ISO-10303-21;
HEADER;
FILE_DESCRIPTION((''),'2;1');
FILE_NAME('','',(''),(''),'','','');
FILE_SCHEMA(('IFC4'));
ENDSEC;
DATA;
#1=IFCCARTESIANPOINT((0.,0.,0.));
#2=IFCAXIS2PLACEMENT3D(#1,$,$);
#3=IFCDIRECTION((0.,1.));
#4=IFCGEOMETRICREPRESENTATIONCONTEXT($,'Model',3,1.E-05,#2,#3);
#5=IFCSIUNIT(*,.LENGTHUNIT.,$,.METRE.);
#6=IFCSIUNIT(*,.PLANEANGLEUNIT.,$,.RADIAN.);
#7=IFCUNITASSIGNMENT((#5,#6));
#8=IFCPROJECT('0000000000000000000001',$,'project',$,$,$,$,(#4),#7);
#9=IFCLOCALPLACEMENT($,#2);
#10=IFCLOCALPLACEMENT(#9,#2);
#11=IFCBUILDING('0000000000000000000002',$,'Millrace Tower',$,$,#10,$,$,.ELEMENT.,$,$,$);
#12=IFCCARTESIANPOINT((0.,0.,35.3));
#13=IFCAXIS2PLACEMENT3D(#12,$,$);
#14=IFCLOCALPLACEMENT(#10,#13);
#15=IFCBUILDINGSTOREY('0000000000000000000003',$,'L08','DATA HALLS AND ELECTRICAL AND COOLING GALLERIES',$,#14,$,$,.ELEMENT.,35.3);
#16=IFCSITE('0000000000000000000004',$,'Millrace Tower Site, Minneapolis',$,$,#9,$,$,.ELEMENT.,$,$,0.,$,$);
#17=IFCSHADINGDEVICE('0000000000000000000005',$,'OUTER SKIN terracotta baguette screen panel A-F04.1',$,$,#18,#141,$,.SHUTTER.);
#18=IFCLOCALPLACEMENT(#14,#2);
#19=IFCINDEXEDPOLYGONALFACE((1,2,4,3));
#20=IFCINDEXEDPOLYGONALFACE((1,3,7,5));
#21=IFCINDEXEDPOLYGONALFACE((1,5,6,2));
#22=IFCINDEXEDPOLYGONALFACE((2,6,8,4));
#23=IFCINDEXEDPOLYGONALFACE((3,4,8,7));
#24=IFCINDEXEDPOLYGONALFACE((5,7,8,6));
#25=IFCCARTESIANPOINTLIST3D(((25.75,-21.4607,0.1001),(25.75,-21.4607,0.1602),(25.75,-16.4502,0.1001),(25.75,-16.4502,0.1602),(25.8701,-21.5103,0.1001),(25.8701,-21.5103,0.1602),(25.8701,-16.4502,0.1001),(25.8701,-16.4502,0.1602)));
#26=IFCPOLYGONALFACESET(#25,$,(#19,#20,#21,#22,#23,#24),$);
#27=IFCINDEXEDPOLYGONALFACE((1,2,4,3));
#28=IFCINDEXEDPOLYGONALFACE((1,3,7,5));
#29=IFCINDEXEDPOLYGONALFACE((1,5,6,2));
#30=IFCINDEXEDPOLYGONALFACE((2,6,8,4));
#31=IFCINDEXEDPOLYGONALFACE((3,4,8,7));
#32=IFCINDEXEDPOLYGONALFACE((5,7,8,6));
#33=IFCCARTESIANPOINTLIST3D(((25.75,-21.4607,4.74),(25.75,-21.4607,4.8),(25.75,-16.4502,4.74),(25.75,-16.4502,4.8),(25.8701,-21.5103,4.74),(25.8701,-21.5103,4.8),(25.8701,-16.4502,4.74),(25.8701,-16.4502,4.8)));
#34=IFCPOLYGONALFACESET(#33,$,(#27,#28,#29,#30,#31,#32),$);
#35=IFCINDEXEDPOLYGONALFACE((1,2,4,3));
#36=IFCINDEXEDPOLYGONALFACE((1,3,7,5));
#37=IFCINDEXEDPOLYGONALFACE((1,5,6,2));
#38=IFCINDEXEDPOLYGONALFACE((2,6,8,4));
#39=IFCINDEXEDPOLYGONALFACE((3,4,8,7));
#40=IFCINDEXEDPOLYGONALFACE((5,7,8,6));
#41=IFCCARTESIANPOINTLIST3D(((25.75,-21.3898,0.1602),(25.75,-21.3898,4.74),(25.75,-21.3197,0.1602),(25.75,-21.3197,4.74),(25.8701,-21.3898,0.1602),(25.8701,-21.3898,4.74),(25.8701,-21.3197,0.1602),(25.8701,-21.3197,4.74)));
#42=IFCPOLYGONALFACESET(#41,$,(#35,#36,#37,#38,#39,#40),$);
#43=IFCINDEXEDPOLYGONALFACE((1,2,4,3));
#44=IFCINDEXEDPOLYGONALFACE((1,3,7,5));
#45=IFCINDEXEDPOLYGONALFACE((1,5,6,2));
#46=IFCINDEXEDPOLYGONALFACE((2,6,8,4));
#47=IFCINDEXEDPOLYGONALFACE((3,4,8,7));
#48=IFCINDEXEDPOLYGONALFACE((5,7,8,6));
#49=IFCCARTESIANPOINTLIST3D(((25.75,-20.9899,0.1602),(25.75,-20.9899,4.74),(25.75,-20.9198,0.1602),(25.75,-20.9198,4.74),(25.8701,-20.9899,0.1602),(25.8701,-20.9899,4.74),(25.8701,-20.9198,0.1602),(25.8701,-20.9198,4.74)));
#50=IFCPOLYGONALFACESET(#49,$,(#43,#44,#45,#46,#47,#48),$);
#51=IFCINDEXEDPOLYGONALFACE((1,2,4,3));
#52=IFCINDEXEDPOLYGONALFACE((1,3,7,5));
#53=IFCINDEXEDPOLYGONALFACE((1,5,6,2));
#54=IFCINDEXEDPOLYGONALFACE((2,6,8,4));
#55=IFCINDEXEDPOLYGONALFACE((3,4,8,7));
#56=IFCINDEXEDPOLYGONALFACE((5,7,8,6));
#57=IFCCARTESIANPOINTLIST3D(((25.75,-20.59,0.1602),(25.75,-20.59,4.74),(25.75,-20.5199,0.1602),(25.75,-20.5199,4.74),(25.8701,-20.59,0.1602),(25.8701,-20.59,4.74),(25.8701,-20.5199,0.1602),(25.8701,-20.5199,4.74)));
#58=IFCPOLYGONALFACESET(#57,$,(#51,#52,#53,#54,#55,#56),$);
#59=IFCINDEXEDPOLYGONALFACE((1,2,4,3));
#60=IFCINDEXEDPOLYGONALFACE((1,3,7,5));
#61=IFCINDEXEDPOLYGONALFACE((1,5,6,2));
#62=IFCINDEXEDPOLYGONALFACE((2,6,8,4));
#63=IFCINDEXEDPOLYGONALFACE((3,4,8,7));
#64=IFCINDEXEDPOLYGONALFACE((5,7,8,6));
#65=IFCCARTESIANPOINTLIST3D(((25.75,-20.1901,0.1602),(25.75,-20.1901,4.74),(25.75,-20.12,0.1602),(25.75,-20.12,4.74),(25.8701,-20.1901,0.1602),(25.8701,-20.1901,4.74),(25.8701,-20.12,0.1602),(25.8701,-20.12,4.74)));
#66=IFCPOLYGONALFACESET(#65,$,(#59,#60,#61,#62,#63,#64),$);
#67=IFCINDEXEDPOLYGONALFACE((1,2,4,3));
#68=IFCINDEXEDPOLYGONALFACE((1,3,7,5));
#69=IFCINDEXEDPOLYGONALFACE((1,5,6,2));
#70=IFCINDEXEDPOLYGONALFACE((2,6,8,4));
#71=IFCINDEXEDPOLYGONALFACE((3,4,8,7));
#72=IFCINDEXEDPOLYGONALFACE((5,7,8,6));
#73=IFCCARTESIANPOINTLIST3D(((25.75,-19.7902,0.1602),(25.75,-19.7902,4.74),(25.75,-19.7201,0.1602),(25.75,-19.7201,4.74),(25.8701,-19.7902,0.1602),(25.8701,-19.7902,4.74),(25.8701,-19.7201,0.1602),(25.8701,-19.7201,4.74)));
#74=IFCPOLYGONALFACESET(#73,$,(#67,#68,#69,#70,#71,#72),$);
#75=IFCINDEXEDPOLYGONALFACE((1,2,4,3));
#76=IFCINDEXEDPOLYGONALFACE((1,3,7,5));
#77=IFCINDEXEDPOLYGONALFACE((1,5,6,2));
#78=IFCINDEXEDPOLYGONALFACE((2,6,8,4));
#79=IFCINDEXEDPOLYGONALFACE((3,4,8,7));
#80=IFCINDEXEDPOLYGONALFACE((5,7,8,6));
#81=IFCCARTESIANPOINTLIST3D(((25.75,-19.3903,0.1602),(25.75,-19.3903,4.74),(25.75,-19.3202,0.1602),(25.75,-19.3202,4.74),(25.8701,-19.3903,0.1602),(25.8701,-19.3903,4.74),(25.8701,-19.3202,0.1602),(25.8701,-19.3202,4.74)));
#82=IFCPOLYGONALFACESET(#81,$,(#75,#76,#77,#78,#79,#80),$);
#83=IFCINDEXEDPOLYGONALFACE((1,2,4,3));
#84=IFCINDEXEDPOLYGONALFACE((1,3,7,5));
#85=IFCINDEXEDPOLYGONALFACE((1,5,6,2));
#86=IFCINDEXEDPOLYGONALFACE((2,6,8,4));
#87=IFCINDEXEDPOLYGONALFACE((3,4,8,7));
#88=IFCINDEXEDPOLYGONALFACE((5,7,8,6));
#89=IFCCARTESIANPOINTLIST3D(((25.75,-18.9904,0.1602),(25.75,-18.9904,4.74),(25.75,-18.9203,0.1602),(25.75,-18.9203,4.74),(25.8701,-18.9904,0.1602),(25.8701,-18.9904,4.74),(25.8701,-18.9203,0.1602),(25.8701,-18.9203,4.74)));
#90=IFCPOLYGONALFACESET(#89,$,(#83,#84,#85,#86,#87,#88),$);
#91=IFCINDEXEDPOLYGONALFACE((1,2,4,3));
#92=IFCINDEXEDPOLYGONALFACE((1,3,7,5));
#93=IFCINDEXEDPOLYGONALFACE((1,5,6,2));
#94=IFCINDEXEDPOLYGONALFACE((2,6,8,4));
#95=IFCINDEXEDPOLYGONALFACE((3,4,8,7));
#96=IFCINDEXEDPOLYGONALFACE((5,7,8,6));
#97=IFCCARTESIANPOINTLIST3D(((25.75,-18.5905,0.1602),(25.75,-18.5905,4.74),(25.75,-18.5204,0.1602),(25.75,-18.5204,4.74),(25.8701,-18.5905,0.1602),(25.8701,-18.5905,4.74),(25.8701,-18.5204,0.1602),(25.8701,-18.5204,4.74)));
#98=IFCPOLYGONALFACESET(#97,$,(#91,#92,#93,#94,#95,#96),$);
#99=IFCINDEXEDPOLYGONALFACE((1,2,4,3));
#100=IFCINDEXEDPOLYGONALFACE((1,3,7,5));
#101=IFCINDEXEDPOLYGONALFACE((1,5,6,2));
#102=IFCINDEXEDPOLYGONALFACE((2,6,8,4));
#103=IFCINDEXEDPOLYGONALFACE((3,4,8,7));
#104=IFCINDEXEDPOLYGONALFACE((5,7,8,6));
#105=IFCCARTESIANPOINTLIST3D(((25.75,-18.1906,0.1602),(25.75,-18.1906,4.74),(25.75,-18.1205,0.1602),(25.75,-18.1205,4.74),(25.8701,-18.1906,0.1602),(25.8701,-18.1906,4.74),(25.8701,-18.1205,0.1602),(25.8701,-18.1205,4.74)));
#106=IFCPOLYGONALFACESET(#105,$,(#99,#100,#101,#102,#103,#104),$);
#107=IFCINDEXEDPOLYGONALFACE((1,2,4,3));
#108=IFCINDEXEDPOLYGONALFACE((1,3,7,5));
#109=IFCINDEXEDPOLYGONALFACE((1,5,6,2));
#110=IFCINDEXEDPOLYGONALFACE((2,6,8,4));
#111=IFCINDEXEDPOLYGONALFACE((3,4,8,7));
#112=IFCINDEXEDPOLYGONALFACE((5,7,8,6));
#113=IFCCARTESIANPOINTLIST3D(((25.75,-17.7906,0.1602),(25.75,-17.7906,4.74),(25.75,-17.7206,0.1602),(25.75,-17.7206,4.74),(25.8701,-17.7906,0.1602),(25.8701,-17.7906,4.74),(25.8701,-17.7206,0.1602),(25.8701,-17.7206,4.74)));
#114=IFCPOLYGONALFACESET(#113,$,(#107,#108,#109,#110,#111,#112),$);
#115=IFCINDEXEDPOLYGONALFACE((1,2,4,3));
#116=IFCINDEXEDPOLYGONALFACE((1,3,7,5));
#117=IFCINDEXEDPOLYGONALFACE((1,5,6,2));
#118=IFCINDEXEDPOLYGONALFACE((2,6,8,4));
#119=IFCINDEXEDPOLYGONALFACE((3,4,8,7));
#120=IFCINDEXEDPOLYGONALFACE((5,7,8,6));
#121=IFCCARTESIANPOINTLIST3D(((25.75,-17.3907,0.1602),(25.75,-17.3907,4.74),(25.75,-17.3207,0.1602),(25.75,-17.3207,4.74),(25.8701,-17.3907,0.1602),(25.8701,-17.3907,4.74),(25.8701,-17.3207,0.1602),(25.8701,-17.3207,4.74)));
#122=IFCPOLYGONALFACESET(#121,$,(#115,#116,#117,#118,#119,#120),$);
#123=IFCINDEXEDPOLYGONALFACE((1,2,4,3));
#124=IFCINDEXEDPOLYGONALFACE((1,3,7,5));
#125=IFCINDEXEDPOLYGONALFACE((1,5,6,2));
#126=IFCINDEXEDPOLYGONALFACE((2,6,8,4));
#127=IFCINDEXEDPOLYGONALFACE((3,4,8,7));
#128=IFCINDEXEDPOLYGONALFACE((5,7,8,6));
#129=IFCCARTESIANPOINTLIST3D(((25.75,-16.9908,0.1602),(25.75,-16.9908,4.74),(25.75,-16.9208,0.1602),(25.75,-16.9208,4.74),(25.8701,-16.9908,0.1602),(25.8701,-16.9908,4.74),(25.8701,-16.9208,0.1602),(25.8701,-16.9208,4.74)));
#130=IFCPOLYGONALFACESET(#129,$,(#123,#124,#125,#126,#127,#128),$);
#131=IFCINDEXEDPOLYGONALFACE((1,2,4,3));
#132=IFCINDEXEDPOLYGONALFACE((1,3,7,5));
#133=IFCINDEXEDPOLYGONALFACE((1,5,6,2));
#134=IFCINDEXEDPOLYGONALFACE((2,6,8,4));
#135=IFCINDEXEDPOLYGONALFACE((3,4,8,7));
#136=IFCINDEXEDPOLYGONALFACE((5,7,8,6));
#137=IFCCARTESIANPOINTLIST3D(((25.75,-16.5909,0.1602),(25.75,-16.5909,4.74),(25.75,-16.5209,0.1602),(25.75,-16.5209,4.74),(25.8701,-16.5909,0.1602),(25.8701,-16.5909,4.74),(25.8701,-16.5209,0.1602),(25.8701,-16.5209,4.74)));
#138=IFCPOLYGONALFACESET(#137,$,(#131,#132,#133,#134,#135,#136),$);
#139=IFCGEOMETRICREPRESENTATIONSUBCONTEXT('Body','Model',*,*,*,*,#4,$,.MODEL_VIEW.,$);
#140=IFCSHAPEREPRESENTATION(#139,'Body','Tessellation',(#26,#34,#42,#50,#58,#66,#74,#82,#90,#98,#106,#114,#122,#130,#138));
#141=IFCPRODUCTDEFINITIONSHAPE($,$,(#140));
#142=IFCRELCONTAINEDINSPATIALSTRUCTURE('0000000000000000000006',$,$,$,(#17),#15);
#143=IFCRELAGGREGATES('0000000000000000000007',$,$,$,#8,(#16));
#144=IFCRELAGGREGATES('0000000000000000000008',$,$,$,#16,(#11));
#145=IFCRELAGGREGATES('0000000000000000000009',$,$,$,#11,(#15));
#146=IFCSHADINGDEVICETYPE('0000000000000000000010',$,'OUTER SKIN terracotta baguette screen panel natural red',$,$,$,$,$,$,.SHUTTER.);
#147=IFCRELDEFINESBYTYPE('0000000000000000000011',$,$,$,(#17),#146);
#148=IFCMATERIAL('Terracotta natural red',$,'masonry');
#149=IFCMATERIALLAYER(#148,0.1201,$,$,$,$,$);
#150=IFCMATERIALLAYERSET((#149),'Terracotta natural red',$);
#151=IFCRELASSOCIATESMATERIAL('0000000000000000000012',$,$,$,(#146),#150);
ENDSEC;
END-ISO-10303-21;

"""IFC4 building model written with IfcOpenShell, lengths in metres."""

from ifc_helpers import new_model, entity, si_unit, direction, frame, frame_2d, origin, place, context, subcontext, project, spatial, rectangle, extrude, source, transform, mapped, material, layer, layer_set, type_object, element, save


model = new_model("IFC4")

# Units and contexts
model_context = context("Model", 3, precision=1e-05, world=origin(), true_north=direction((0.0, 1.0)))
body_context = subcontext(model_context, "Body", "Model", "MODEL_VIEW")
ifc_project = project(units=[si_unit("LENGTHUNIT", "METRE"), si_unit("PLANEANGLEUNIT", "RADIAN")], contexts=[model_context])

# Site, building, storey
site_placement = place(None, origin())
site = spatial("IfcSite", under=ifc_project, at=site_placement, Name="Millrace Tower Site, Minneapolis", CompositionType="ELEMENT", RefElevation=0.0)
building_placement = place(site_placement, origin())
building = spatial("IfcBuilding", under=site, at=building_placement, Name="Millrace Tower", CompositionType="ELEMENT")
storey_placement = place(building_placement, frame((0.0, 0.0, 35.3)))
storey = spatial("IfcBuildingStorey", under=building, at=storey_placement, Name="L08", Description="DATA HALLS AND ELECTRICAL AND COOLING GALLERIES", CompositionType="ELEMENT", Elevation=35.3)

# Shading device
ifc_material_1 = material(Name="Terracotta natural red", Category="masonry")
ifc_layer_1 = layer(ifc_material_1, 0.1201)
ifc_layer_set_1 = layer_set([ifc_layer_1], Name="Terracotta natural red")
shading_device_type_1 = type_object("IfcShadingDeviceType", Name="OUTER SKIN terracotta baguette screen panel natural red", PredefinedType="SHUTTER", material=ifc_layer_set_1)
cartesian_point_1 = entity("IfcCartesianPoint", [-2.4929, 0.0601])
shared_polyline_1 = entity("IfcPolyline", [cartesian_point_1, entity("IfcCartesianPoint", [2.5176, 0.0601]), entity("IfcCartesianPoint", [2.5176, -0.0601]), entity("IfcCartesianPoint", [-2.5425, -0.0601]), cartesian_point_1])
shared_shape_1 = source(origin(), body_context, "Body", "SweptSolid", [
    entity("IfcExtrudedAreaSolid", entity("IfcArbitraryClosedProfileDef", "AREA", None, shared_polyline_1), entity("IfcAxis2Placement3D", entity("IfcCartesianPoint", [0.0, 0.0, 0.0])), entity("IfcDirection", [0.0, 0.0, 1.0]), 0.0601),
    entity("IfcExtrudedAreaSolid", entity("IfcArbitraryClosedProfileDef", "AREA", None, shared_polyline_1), entity("IfcAxis2Placement3D", entity("IfcCartesianPoint", [0.0, 0.0, 4.6399])), entity("IfcDirection", [0.0, 0.0, 1.0]), 0.0601),
    extrude(rectangle(XDim=0.0701, YDim=0.1201, at=frame_2d((-2.387, 0.0))), frame((0.0, 0.0, 0.0601)), (0.0, 0.0, 1.0), 4.5798),
    extrude(rectangle(XDim=0.0701, YDim=0.1201, at=frame_2d((-1.9871, 0.0))), frame((0.0, 0.0, 0.0601)), (0.0, 0.0, 1.0), 4.5798),
    extrude(rectangle(XDim=0.0701, YDim=0.1201, at=frame_2d((-1.5872, 0.0))), frame((0.0, 0.0, 0.0601)), (0.0, 0.0, 1.0), 4.5798),
    extrude(rectangle(XDim=0.0701, YDim=0.1201, at=frame_2d((-1.1873, 0.0))), frame((0.0, 0.0, 0.0601)), (0.0, 0.0, 1.0), 4.5798),
    extrude(rectangle(XDim=0.0701, YDim=0.1201, at=frame_2d((-0.7874, 0.0))), frame((0.0, 0.0, 0.0601)), (0.0, 0.0, 1.0), 4.5798),
    extrude(rectangle(XDim=0.0701, YDim=0.1201, at=frame_2d((-0.3875, 0.0))), frame((0.0, 0.0, 0.0601)), (0.0, 0.0, 1.0), 4.5798),
    extrude(rectangle(XDim=0.0701, YDim=0.1201, at=frame_2d((0.0125, 0.0))), frame((0.0, 0.0, 0.0601)), (0.0, 0.0, 1.0), 4.5798),
    extrude(rectangle(XDim=0.0701, YDim=0.1201, at=frame_2d((0.4124, 0.0))), frame((0.0, 0.0, 0.0601)), (0.0, 0.0, 1.0), 4.5798),
    extrude(rectangle(XDim=0.0701, YDim=0.1201, at=frame_2d((0.8123, 0.0))), frame((0.0, 0.0, 0.0601)), (0.0, 0.0, 1.0), 4.5798),
    extrude(rectangle(XDim=0.0701, YDim=0.1201, at=frame_2d((1.2122, 0.0))), frame((0.0, 0.0, 0.0601)), (0.0, 0.0, 1.0), 4.5798),
    extrude(rectangle(XDim=0.0701, YDim=0.1201, at=frame_2d((1.6121, 0.0))), frame((0.0, 0.0, 0.0601)), (0.0, 0.0, 1.0), 4.5798),
    extrude(rectangle(XDim=0.0701, YDim=0.1201, at=frame_2d((2.012, 0.0))), frame((0.0, 0.0, 0.0601)), (0.0, 0.0, 1.0), 4.5798),
    extrude(rectangle(XDim=0.0701, YDim=0.1201, at=frame_2d((2.4119, 0.0))), frame((0.0, 0.0, 0.0601)), (0.0, 0.0, 1.0), 4.5798),
])
shading_device_1_placement = place(storey_placement, frame((25.8101, -18.9678, 0.1001), z_axis=(0.0, 0.0, 1.0), x_axis=(0.0, 1.0, 0.0)))
element("IfcShadingDevice", 1, at=shading_device_1_placement, inside=storey, type_object=shading_device_type_1, Name="OUTER SKIN terracotta baguette screen panel A-F04.1", PredefinedType="SHUTTER", context=body_context, shape_type="MappedRepresentation", body=[
    mapped(shared_shape_1, transform((0.0, 0.0, 0.0), scale=1.0)),
])

save(model, "model.ifc")
